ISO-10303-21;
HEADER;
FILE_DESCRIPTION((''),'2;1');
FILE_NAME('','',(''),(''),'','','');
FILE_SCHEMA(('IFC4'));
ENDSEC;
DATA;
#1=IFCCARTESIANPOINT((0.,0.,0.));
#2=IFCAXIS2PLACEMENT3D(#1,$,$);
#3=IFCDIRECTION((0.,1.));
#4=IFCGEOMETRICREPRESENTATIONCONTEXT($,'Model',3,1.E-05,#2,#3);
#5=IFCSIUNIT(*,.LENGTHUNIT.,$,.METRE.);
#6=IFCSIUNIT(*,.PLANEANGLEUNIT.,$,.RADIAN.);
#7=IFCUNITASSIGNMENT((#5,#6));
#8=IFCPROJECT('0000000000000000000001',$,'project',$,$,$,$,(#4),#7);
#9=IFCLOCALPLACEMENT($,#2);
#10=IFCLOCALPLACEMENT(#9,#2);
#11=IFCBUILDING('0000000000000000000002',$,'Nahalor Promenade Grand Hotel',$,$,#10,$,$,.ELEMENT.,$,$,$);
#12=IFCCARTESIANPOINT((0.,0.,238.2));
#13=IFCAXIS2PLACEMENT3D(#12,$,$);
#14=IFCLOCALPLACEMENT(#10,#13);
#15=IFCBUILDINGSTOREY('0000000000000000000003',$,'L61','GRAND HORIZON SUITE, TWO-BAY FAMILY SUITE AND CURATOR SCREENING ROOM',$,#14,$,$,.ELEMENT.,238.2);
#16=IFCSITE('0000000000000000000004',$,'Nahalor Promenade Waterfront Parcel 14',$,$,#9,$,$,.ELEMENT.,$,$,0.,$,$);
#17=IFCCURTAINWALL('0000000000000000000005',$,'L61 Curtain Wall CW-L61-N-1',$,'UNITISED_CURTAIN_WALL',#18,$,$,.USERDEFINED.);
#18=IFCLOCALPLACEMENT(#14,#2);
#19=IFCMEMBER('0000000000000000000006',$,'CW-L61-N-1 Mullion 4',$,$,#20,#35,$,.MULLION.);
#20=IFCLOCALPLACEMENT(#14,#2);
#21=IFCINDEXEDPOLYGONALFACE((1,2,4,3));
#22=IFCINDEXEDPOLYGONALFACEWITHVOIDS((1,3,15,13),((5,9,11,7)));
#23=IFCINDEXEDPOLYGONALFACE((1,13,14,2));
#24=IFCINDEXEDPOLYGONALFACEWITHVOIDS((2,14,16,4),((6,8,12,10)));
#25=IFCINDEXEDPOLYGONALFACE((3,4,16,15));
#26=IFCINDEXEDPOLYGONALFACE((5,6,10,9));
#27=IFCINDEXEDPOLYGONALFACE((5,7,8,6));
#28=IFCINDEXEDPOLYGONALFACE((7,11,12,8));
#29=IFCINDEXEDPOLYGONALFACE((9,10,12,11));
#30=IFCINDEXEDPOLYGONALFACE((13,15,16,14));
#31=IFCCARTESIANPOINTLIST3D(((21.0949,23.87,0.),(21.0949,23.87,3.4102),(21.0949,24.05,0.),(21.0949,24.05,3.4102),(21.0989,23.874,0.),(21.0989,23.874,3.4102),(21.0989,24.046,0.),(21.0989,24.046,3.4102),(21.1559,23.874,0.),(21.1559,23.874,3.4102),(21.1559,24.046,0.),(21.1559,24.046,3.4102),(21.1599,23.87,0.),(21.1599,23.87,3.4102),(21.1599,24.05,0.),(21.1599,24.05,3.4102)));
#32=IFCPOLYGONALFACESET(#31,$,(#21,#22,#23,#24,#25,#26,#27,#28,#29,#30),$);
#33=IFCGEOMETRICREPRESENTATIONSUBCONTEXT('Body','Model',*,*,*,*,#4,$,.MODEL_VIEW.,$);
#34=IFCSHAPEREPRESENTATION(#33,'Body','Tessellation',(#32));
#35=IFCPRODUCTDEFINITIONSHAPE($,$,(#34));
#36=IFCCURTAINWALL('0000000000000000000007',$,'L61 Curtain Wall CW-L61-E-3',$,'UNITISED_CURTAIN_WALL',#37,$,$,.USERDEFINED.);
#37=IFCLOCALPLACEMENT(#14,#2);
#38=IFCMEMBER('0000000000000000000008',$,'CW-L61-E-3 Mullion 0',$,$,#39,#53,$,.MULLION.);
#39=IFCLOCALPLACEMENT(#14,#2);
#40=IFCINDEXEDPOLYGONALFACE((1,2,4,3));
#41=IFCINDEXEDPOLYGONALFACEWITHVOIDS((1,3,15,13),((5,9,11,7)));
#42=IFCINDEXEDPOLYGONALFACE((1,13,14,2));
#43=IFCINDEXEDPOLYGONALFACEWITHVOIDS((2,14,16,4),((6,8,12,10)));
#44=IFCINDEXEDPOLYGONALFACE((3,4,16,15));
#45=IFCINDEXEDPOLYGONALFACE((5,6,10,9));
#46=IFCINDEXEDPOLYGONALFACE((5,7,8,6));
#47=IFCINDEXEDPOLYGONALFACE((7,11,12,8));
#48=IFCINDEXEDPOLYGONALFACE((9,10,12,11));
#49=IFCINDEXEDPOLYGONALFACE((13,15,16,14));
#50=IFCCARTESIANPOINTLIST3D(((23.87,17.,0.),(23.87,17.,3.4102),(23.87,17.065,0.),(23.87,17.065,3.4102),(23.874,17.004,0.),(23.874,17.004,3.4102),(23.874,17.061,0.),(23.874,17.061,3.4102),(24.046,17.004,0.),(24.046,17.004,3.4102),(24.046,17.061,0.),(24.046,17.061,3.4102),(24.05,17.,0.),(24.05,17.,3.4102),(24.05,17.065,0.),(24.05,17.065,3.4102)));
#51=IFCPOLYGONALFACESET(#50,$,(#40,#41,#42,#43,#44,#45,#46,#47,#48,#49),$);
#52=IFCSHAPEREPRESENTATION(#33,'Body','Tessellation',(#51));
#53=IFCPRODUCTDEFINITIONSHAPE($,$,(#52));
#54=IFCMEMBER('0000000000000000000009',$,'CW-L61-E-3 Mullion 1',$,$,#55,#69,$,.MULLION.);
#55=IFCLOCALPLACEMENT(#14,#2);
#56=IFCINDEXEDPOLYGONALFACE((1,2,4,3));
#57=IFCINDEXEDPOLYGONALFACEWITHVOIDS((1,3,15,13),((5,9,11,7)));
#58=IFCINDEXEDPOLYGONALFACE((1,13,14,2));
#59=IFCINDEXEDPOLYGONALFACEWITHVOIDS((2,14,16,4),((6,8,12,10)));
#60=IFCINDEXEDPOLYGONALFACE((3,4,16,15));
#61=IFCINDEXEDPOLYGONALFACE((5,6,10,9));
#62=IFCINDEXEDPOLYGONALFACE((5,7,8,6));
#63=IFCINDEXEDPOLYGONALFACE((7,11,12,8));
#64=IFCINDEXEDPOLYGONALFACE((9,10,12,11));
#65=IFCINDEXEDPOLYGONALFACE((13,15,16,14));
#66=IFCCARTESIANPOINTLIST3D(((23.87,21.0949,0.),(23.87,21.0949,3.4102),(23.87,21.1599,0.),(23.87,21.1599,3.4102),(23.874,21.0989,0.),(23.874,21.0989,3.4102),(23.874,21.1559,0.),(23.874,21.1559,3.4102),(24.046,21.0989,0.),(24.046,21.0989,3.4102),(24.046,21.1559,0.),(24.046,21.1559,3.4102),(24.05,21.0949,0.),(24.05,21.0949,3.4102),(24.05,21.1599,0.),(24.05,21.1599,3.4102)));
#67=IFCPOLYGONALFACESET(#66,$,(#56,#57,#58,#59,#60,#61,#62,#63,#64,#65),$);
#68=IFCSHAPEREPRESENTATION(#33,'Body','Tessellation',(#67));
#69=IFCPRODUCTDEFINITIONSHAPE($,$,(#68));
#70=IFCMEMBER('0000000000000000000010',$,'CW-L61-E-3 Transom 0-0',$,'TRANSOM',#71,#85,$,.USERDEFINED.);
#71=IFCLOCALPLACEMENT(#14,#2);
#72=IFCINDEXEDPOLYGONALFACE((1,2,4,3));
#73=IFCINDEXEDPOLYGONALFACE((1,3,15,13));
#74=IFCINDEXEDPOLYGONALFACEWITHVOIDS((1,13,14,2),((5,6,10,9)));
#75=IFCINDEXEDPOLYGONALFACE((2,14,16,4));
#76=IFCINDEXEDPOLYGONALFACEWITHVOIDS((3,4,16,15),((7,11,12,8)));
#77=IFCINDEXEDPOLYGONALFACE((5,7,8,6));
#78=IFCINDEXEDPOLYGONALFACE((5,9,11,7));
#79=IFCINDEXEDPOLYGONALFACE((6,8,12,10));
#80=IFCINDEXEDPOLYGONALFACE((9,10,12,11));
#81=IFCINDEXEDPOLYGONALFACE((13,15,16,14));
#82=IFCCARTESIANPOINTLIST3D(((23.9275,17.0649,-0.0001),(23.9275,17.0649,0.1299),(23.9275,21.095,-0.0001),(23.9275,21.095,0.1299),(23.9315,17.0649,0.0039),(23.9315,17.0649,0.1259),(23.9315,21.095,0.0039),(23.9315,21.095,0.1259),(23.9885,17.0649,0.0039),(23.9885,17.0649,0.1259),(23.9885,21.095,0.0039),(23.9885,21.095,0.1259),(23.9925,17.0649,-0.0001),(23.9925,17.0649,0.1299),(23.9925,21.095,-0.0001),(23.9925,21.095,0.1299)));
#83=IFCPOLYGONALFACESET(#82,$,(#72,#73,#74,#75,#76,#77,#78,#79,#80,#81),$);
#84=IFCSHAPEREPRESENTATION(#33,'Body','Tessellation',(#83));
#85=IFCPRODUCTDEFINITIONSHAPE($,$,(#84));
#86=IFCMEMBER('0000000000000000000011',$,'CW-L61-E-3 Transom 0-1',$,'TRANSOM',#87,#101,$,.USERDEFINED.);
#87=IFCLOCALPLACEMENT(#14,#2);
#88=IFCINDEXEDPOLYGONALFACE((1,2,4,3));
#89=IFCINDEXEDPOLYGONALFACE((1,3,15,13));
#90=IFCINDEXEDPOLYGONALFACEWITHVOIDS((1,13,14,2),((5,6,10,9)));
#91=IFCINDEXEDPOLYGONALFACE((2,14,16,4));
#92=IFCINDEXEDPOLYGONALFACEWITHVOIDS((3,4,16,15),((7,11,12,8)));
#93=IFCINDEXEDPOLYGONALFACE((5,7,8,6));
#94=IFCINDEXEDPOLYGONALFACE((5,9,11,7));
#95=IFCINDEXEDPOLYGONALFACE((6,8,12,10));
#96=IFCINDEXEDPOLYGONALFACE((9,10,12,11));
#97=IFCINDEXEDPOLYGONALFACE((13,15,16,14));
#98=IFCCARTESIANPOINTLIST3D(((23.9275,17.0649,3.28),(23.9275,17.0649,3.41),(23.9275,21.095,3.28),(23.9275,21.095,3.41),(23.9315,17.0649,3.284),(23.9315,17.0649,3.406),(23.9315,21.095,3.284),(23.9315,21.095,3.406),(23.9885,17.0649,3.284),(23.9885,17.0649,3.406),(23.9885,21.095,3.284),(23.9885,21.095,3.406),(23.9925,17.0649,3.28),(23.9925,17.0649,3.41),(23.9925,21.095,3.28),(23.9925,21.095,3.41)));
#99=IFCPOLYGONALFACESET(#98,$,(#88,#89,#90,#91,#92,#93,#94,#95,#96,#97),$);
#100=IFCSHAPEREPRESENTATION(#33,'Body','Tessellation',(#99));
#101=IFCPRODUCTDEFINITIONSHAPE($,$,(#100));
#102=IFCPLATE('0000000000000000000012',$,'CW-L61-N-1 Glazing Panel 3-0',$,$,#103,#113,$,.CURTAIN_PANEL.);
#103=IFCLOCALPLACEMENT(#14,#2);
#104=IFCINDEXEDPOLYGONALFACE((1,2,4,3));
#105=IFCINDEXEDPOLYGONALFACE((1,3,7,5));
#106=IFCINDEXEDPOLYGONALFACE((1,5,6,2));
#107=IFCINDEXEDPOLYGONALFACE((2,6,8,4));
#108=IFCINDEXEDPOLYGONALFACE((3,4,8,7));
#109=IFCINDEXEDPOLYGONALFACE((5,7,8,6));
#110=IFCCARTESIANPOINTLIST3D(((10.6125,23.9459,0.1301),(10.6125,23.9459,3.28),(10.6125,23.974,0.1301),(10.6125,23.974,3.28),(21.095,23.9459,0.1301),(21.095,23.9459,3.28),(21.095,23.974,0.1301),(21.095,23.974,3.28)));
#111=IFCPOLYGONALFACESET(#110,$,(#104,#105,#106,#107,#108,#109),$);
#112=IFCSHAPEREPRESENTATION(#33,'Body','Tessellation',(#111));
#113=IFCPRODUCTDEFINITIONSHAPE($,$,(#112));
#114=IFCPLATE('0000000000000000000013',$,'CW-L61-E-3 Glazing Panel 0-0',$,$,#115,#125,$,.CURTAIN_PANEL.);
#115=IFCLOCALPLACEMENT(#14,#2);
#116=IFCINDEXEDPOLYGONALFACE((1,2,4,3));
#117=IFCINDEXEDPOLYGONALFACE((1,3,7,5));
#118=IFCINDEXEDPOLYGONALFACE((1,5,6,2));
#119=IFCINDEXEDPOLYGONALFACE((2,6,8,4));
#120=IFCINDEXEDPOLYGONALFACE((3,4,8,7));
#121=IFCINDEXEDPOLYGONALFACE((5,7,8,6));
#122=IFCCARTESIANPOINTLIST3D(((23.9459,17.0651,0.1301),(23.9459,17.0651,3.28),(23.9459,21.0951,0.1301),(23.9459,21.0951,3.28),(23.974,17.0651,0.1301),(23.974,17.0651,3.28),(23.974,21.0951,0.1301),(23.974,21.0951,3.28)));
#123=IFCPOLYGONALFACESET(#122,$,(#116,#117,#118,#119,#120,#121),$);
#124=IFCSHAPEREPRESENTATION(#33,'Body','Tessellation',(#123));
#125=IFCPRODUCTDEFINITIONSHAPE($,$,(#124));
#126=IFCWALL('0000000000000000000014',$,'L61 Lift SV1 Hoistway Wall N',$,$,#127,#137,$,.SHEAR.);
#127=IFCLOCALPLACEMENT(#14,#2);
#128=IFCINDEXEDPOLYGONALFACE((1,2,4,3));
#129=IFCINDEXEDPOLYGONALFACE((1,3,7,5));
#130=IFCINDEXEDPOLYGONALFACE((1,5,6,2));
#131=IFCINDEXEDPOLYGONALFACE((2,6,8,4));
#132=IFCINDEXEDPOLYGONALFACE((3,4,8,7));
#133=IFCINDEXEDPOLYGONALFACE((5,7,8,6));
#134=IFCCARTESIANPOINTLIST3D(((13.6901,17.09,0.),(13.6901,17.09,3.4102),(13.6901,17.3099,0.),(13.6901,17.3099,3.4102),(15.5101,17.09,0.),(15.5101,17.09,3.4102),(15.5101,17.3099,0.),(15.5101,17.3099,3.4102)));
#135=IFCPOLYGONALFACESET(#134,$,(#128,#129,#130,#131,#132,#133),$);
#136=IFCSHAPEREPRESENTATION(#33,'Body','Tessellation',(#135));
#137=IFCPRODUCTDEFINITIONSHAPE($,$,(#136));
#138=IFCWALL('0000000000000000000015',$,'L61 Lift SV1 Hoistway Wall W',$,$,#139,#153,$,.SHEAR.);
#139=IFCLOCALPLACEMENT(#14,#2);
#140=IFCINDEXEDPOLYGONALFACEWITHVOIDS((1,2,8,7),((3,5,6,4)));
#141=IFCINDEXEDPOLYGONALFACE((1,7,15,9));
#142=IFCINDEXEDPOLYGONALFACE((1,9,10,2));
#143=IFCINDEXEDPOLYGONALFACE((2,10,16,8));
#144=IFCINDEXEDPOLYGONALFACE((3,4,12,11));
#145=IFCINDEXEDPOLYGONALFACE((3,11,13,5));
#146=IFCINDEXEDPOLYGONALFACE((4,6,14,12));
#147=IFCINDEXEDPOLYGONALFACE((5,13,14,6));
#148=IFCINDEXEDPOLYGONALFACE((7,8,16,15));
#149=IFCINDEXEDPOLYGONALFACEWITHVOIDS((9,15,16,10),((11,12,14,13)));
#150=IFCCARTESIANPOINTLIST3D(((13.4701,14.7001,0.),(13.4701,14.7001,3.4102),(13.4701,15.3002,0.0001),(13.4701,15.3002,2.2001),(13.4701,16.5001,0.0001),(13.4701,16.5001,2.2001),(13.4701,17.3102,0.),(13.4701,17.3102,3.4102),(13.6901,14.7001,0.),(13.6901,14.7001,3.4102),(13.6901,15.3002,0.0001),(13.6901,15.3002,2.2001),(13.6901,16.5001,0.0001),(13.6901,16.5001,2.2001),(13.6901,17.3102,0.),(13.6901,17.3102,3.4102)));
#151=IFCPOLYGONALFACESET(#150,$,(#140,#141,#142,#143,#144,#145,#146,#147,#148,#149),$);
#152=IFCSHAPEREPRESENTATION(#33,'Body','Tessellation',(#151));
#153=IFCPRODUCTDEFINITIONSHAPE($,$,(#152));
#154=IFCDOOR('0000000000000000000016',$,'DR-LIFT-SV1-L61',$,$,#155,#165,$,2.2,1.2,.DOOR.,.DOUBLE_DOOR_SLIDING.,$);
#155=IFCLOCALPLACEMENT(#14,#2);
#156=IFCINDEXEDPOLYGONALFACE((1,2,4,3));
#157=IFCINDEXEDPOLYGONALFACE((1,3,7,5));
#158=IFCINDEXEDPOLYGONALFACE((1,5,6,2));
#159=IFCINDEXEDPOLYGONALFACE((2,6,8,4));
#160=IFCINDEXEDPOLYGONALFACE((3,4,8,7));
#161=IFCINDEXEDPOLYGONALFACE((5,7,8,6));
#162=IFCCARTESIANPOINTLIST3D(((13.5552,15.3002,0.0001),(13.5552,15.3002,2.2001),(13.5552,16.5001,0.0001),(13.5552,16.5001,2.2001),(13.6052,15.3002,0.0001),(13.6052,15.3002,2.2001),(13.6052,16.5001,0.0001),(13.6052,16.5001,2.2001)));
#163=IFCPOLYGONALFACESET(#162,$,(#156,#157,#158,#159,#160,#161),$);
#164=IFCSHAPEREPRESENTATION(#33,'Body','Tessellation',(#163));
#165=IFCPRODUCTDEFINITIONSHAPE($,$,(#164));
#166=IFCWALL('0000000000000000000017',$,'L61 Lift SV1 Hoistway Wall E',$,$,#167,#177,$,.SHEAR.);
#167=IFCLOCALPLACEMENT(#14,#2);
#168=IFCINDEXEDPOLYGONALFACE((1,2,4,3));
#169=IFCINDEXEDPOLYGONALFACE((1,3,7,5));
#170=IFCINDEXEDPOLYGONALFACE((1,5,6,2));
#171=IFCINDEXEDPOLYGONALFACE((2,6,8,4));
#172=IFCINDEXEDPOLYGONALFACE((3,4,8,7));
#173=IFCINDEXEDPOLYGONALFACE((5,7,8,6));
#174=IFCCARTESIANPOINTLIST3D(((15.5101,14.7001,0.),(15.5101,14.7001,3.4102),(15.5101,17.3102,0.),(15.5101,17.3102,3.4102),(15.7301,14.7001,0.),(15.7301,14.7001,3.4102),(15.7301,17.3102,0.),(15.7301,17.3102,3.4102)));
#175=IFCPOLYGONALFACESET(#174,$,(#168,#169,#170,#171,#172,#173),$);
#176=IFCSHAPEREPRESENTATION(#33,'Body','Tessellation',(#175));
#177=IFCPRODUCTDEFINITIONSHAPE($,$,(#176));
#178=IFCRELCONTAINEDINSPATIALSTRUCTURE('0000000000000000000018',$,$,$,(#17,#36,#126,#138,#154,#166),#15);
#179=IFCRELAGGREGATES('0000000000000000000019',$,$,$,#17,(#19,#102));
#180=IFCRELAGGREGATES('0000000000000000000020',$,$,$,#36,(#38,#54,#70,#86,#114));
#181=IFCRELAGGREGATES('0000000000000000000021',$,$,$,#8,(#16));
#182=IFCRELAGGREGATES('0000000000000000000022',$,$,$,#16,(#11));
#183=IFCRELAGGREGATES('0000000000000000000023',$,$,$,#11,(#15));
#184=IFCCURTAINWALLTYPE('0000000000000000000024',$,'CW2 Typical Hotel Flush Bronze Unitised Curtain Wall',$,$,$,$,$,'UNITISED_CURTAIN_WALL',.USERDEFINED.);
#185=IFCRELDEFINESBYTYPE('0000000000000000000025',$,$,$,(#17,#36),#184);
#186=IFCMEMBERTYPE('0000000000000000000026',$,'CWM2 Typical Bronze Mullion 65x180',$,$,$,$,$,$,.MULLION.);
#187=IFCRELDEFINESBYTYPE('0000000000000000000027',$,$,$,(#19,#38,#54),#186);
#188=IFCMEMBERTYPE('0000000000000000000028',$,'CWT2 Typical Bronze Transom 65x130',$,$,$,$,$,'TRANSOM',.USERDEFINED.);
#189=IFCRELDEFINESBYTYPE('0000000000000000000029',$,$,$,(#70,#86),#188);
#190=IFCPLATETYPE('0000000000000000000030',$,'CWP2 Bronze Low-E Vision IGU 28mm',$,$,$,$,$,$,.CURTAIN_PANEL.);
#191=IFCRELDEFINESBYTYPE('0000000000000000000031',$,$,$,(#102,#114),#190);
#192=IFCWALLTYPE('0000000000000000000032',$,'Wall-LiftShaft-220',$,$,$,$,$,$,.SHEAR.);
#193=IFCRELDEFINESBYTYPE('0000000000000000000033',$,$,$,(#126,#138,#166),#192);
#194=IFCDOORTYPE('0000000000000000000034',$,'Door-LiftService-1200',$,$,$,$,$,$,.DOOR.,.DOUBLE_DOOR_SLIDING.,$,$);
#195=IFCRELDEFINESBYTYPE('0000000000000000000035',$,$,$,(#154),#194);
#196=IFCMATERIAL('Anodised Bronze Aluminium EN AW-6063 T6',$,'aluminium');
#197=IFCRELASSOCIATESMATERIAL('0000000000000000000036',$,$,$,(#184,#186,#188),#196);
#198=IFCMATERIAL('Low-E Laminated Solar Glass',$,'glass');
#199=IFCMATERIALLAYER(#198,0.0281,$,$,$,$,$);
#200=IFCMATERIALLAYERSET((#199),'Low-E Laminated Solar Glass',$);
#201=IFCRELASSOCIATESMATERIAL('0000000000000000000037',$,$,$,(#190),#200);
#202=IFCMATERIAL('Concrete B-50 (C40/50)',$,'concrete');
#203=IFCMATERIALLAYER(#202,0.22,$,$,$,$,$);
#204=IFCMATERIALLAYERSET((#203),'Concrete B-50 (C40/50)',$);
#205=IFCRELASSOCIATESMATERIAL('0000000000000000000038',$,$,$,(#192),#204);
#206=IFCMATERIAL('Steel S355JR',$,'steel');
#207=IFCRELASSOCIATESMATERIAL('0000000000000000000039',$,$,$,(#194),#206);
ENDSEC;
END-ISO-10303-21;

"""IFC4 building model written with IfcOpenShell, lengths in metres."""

from ifc_helpers import new_model, si_unit, direction, frame, frame_2d, origin, origin_2d, place, context, subcontext, project, spatial, rectangle, hollow_rectangle, extrude, source, transform, mapped, material, layer, layer_set, material_profile, profile_set, type_object, element, fill, aggregate, save


model = new_model("IFC4")

# Units and contexts
model_context = context("Model", 3, precision=1e-05, world=origin(), true_north=direction((0.0, 1.0)))
body_context = subcontext(model_context, "Body", "Model", "MODEL_VIEW")
ifc_project = project(units=[si_unit("LENGTHUNIT", "METRE"), si_unit("PLANEANGLEUNIT", "RADIAN")], contexts=[model_context])

# Site, building, storey
site_placement = place(None, origin())
site = spatial("IfcSite", under=ifc_project, at=site_placement, Name="Nahalor Promenade Waterfront Parcel 14", CompositionType="ELEMENT", RefElevation=0.0)
building_placement = place(site_placement, origin())
building = spatial("IfcBuilding", under=site, at=building_placement, Name="Nahalor Promenade Grand Hotel", CompositionType="ELEMENT")
storey_placement = place(building_placement, frame((0.0, 0.0, 238.2)))
storey = spatial("IfcBuildingStorey", under=building, at=storey_placement, Name="L61", Description="GRAND HORIZON SUITE, TWO-BAY FAMILY SUITE AND CURATOR SCREENING ROOM", CompositionType="ELEMENT", Elevation=238.2)

# Shared definitions
ifc_material_1 = material(Name="Steel S355JR", Category="steel")

# Curtain wall, member
ifc_material_2 = material(Name="Anodised Bronze Aluminium EN AW-6063 T6", Category="aluminium")
curtain_wall_type = type_object("IfcCurtainWallType", Name="CW2 Typical Hotel Flush Bronze Unitised Curtain Wall", ElementType="UNITISED_CURTAIN_WALL", PredefinedType="USERDEFINED", material=ifc_material_2)
curtain_wall_1_placement = place(storey_placement, origin())
curtain_wall_1 = element("IfcCurtainWall", 1, at=curtain_wall_1_placement, inside=storey, type_object=curtain_wall_type, Name="L61 Curtain Wall CW-L61-N-1", ObjectType="UNITISED_CURTAIN_WALL", PredefinedType="USERDEFINED")
ifc_material_profile_1 = material_profile(ifc_material_2, hollow_rectangle(XDim=0.065, YDim=0.18, WallThickness=0.004, at=origin_2d()), Name="CWM 65x180x4")
ifc_profile_set_1 = profile_set([ifc_material_profile_1], Name="Anodised Bronze Aluminium EN AW-6063 T6")
member_type_1 = type_object("IfcMemberType", Name="CWM2 Typical Bronze Mullion 65x180", PredefinedType="MULLION", material=ifc_profile_set_1)
shared_shape_1 = source(origin(), body_context, "Body", "SweptSolid", [
    extrude(hollow_rectangle(XDim=0.065, YDim=0.18, WallThickness=0.004, at=origin_2d()), origin(), (0.0, 0.0, 1.0), 3.4102),
])
member_1_placement = place(storey_placement, frame((21.1274, 23.96, 0.0), z_axis=(0.0, 0.0, 1.0), x_axis=(1.0, 0.0, 0.0)))
member_1 = element("IfcMember", 2, at=member_1_placement, type_object=member_type_1, Name="CW-L61-N-1 Mullion 4", PredefinedType="MULLION", context=body_context, shape_type="MappedRepresentation", body=[
    mapped(shared_shape_1, transform((0.0, 0.0, 0.0), scale=1.0)),
])

# Curtain wall, members
curtain_wall_2_placement = place(storey_placement, origin())
curtain_wall_2 = element("IfcCurtainWall", 3, at=curtain_wall_2_placement, inside=storey, type_object=curtain_wall_type, Name="L61 Curtain Wall CW-L61-E-3", ObjectType="UNITISED_CURTAIN_WALL", PredefinedType="USERDEFINED")
member_2_placement = place(storey_placement, frame((23.96, 17.0325, 0.0), z_axis=(0.0, 0.0, 1.0), x_axis=(0.0, 1.0, 0.0)))
member_2 = element("IfcMember", 4, at=member_2_placement, type_object=member_type_1, Name="CW-L61-E-3 Mullion 0", PredefinedType="MULLION", context=body_context, shape_type="MappedRepresentation", body=[
    mapped(shared_shape_1, transform((0.0, 0.0, 0.0), scale=1.0)),
])
member_3_placement = place(storey_placement, frame((23.96, 21.1274, 0.0), z_axis=(0.0, 0.0, 1.0), x_axis=(0.0, 1.0, 0.0)))
member_3 = element("IfcMember", 5, at=member_3_placement, type_object=member_type_1, Name="CW-L61-E-3 Mullion 1", PredefinedType="MULLION", context=body_context, shape_type="MappedRepresentation", body=[
    mapped(shared_shape_1, transform((0.0, 0.0, 0.0), scale=1.0)),
])
ifc_material_profile_2 = material_profile(ifc_material_2, hollow_rectangle(XDim=0.065, YDim=0.13, WallThickness=0.004, at=origin_2d()), Name="CWT 65x130x4")
ifc_profile_set_2 = profile_set([ifc_material_profile_2], Name="Anodised Bronze Aluminium EN AW-6063 T6")
member_type_2 = type_object("IfcMemberType", Name="CWT2 Typical Bronze Transom 65x130", ElementType="TRANSOM", PredefinedType="USERDEFINED", material=ifc_profile_set_2)
shared_shape_2 = source(origin(), body_context, "Body", "SweptSolid", [
    extrude(hollow_rectangle(XDim=0.065, YDim=0.13, WallThickness=0.004, at=origin_2d()), origin(), (0.0, 0.0, 1.0), 4.03),
])
member_4_placement = place(storey_placement, frame((23.96, 17.0649, 0.0649), z_axis=(0.0, 1.0, 0.0), x_axis=(-1.0, 0.0, 0.0)))
member_4 = element("IfcMember", 6, at=member_4_placement, type_object=member_type_2, Name="CW-L61-E-3 Transom 0-0", ObjectType="TRANSOM", PredefinedType="USERDEFINED", context=body_context, shape_type="MappedRepresentation", body=[
    mapped(shared_shape_2, transform((0.0, 0.0, 0.0), scale=1.0)),
])
member_5_placement = place(storey_placement, frame((23.96, 17.0649, 3.345), z_axis=(0.0, 1.0, 0.0), x_axis=(-1.0, 0.0, 0.0)))
member_5 = element("IfcMember", 7, at=member_5_placement, type_object=member_type_2, Name="CW-L61-E-3 Transom 0-1", ObjectType="TRANSOM", PredefinedType="USERDEFINED", context=body_context, shape_type="MappedRepresentation", body=[
    mapped(shared_shape_2, transform((0.0, 0.0, 0.0), scale=1.0)),
])

# Plates
ifc_material_3 = material(Name="Low-E Laminated Solar Glass", Category="glass")
ifc_layer_1 = layer(ifc_material_3, 0.0281)
ifc_layer_set_1 = layer_set([ifc_layer_1], Name="Low-E Laminated Solar Glass")
plate_type = type_object("IfcPlateType", Name="CWP2 Bronze Low-E Vision IGU 28mm", PredefinedType="CURTAIN_PANEL", material=ifc_layer_set_1)
shared_shape_3 = source(origin(), body_context, "Body", "SweptSolid", [
    extrude(rectangle(XDim=10.4824, YDim=0.0281, at=origin_2d()), origin(), (0.0, 0.0, 1.0), 3.1499),
])
plate_1_placement = place(storey_placement, frame((15.8538, 23.96, 0.1301), z_axis=(0.0, 0.0, 1.0), x_axis=(1.0, 0.0, 0.0)))
plate_1 = element("IfcPlate", 8, at=plate_1_placement, type_object=plate_type, Name="CW-L61-N-1 Glazing Panel 3-0", PredefinedType="CURTAIN_PANEL", context=body_context, shape_type="MappedRepresentation", body=[
    mapped(shared_shape_3, transform((0.0, 0.0, 0.0), scale=1.0)),
])
aggregate(curtain_wall_1, [member_1, plate_1])
shared_shape_4 = source(origin(), body_context, "Body", "SweptSolid", [
    extrude(rectangle(XDim=4.03, YDim=0.0281, at=origin_2d()), origin(), (0.0, 0.0, 1.0), 3.1499),
])
plate_2_placement = place(storey_placement, frame((23.96, 19.0801, 0.1301), z_axis=(0.0, 0.0, 1.0), x_axis=(0.0, 1.0, 0.0)))
plate_2 = element("IfcPlate", 9, at=plate_2_placement, type_object=plate_type, Name="CW-L61-E-3 Glazing Panel 0-0", PredefinedType="CURTAIN_PANEL", context=body_context, shape_type="MappedRepresentation", body=[
    mapped(shared_shape_4, transform((0.0, 0.0, 0.0), scale=1.0)),
])
aggregate(curtain_wall_2, [member_2, member_3, member_4, member_5, plate_2])

# Wall
ifc_material_4 = material(Name="Concrete B-50 (C40/50)", Category="concrete")
ifc_layer_2 = layer(ifc_material_4, 0.22)
ifc_layer_set_2 = layer_set([ifc_layer_2], Name="Concrete B-50 (C40/50)")
wall_type_1 = type_object("IfcWallType", Name="Wall-LiftShaft-220", PredefinedType="SHEAR", material=ifc_layer_set_2)
shared_shape_5 = source(origin(), body_context, "Body", "SweptSolid", [
    extrude(rectangle(XDim=1.8201, YDim=0.22, at=frame_2d((0.9102, 0.0))), origin(), (0.0, 0.0, 1.0), 3.4102),
])
wall_1_placement = place(storey_placement, frame((13.6899, 17.2, 0.0), z_axis=(0.0, 0.0, 1.0), x_axis=(1.0, 0.0, 0.0)))
element("IfcWall", 10, at=wall_1_placement, inside=storey, type_object=wall_type_1, Name="L61 Lift SV1 Hoistway Wall N", PredefinedType="SHEAR", context=body_context, shape_type="MappedRepresentation", body=[
    mapped(shared_shape_5, transform((0.0, 0.0, 0.0), scale=1.0)),
])

# Wall, opening, door
shared_shape_6 = source(origin(), body_context, "Body", "SweptSolid", [
    extrude(rectangle(XDim=2.6101, YDim=0.22, at=frame_2d((1.3052, 0.0))), origin(), (0.0, 0.0, 1.0), 3.4102),
])
wall_2_placement = place(storey_placement, frame((13.5801, 14.7, 0.0), z_axis=(0.0, 0.0, 1.0), x_axis=(0.0, 1.0, 0.0)))
wall_2 = element("IfcWall", 11, at=wall_2_placement, inside=storey, type_object=wall_type_1, Name="L61 Lift SV1 Hoistway Wall W", PredefinedType="SHEAR", context=body_context, shape_type="MappedRepresentation", body=[
    mapped(shared_shape_6, transform((0.0, 0.0, 0.0), scale=1.0)),
])
opening_placement = place(wall_2_placement, frame((0.6001, 0.0, 0.0)))
opening = element("IfcOpeningElement", 12, at=opening_placement, cuts=wall_2, PredefinedType="OPENING", context=body_context, shape_type="SweptSolid", body=[
    extrude(rectangle(XDim=1.2, YDim=2.2, at=frame_2d((0.6001, 1.1001))), frame((0.0, 0.1199, 0.0), z_axis=(0.0, -1.0, 0.0), x_axis=(1.0, 0.0, 0.0)), (0.0, 0.0, 1.0), 0.24),
])
door_type = type_object("IfcDoorType", Name="Door-LiftService-1200", OperationType="DOUBLE_DOOR_SLIDING", PredefinedType="DOOR", material=ifc_material_1)
shared_shape_7 = source(origin(), body_context, "Body", "SweptSolid", [
    extrude(rectangle(XDim=1.2, YDim=2.2, at=frame_2d((0.6001, 1.1001))), frame((0.0, 0.0249, 0.0), z_axis=(0.0, -1.0, 0.0), x_axis=(1.0, 0.0, 0.0)), (0.0, 0.0, 1.0), 0.05),
])
door_placement = place(opening_placement, origin())
door = element("IfcDoor", 13, at=door_placement, inside=storey, type_object=door_type, Name="DR-LIFT-SV1-L61", OperationType="DOUBLE_DOOR_SLIDING", OverallHeight=2.2, OverallWidth=1.2, PredefinedType="DOOR", context=body_context, shape_type="MappedRepresentation", body=[
    mapped(shared_shape_7, transform((0.0, 0.0, 0.0), scale=1.0)),
])
fill(opening, door)

# Wall
wall_3_placement = place(storey_placement, frame((15.6201, 14.7, 0.0), z_axis=(0.0, 0.0, 1.0), x_axis=(0.0, 1.0, 0.0)))
element("IfcWall", 14, at=wall_3_placement, inside=storey, type_object=wall_type_1, Name="L61 Lift SV1 Hoistway Wall E", PredefinedType="SHEAR", context=body_context, shape_type="MappedRepresentation", body=[
    mapped(shared_shape_6, transform((0.0, 0.0, 0.0), scale=1.0)),
])

save(model, "model.ifc")
